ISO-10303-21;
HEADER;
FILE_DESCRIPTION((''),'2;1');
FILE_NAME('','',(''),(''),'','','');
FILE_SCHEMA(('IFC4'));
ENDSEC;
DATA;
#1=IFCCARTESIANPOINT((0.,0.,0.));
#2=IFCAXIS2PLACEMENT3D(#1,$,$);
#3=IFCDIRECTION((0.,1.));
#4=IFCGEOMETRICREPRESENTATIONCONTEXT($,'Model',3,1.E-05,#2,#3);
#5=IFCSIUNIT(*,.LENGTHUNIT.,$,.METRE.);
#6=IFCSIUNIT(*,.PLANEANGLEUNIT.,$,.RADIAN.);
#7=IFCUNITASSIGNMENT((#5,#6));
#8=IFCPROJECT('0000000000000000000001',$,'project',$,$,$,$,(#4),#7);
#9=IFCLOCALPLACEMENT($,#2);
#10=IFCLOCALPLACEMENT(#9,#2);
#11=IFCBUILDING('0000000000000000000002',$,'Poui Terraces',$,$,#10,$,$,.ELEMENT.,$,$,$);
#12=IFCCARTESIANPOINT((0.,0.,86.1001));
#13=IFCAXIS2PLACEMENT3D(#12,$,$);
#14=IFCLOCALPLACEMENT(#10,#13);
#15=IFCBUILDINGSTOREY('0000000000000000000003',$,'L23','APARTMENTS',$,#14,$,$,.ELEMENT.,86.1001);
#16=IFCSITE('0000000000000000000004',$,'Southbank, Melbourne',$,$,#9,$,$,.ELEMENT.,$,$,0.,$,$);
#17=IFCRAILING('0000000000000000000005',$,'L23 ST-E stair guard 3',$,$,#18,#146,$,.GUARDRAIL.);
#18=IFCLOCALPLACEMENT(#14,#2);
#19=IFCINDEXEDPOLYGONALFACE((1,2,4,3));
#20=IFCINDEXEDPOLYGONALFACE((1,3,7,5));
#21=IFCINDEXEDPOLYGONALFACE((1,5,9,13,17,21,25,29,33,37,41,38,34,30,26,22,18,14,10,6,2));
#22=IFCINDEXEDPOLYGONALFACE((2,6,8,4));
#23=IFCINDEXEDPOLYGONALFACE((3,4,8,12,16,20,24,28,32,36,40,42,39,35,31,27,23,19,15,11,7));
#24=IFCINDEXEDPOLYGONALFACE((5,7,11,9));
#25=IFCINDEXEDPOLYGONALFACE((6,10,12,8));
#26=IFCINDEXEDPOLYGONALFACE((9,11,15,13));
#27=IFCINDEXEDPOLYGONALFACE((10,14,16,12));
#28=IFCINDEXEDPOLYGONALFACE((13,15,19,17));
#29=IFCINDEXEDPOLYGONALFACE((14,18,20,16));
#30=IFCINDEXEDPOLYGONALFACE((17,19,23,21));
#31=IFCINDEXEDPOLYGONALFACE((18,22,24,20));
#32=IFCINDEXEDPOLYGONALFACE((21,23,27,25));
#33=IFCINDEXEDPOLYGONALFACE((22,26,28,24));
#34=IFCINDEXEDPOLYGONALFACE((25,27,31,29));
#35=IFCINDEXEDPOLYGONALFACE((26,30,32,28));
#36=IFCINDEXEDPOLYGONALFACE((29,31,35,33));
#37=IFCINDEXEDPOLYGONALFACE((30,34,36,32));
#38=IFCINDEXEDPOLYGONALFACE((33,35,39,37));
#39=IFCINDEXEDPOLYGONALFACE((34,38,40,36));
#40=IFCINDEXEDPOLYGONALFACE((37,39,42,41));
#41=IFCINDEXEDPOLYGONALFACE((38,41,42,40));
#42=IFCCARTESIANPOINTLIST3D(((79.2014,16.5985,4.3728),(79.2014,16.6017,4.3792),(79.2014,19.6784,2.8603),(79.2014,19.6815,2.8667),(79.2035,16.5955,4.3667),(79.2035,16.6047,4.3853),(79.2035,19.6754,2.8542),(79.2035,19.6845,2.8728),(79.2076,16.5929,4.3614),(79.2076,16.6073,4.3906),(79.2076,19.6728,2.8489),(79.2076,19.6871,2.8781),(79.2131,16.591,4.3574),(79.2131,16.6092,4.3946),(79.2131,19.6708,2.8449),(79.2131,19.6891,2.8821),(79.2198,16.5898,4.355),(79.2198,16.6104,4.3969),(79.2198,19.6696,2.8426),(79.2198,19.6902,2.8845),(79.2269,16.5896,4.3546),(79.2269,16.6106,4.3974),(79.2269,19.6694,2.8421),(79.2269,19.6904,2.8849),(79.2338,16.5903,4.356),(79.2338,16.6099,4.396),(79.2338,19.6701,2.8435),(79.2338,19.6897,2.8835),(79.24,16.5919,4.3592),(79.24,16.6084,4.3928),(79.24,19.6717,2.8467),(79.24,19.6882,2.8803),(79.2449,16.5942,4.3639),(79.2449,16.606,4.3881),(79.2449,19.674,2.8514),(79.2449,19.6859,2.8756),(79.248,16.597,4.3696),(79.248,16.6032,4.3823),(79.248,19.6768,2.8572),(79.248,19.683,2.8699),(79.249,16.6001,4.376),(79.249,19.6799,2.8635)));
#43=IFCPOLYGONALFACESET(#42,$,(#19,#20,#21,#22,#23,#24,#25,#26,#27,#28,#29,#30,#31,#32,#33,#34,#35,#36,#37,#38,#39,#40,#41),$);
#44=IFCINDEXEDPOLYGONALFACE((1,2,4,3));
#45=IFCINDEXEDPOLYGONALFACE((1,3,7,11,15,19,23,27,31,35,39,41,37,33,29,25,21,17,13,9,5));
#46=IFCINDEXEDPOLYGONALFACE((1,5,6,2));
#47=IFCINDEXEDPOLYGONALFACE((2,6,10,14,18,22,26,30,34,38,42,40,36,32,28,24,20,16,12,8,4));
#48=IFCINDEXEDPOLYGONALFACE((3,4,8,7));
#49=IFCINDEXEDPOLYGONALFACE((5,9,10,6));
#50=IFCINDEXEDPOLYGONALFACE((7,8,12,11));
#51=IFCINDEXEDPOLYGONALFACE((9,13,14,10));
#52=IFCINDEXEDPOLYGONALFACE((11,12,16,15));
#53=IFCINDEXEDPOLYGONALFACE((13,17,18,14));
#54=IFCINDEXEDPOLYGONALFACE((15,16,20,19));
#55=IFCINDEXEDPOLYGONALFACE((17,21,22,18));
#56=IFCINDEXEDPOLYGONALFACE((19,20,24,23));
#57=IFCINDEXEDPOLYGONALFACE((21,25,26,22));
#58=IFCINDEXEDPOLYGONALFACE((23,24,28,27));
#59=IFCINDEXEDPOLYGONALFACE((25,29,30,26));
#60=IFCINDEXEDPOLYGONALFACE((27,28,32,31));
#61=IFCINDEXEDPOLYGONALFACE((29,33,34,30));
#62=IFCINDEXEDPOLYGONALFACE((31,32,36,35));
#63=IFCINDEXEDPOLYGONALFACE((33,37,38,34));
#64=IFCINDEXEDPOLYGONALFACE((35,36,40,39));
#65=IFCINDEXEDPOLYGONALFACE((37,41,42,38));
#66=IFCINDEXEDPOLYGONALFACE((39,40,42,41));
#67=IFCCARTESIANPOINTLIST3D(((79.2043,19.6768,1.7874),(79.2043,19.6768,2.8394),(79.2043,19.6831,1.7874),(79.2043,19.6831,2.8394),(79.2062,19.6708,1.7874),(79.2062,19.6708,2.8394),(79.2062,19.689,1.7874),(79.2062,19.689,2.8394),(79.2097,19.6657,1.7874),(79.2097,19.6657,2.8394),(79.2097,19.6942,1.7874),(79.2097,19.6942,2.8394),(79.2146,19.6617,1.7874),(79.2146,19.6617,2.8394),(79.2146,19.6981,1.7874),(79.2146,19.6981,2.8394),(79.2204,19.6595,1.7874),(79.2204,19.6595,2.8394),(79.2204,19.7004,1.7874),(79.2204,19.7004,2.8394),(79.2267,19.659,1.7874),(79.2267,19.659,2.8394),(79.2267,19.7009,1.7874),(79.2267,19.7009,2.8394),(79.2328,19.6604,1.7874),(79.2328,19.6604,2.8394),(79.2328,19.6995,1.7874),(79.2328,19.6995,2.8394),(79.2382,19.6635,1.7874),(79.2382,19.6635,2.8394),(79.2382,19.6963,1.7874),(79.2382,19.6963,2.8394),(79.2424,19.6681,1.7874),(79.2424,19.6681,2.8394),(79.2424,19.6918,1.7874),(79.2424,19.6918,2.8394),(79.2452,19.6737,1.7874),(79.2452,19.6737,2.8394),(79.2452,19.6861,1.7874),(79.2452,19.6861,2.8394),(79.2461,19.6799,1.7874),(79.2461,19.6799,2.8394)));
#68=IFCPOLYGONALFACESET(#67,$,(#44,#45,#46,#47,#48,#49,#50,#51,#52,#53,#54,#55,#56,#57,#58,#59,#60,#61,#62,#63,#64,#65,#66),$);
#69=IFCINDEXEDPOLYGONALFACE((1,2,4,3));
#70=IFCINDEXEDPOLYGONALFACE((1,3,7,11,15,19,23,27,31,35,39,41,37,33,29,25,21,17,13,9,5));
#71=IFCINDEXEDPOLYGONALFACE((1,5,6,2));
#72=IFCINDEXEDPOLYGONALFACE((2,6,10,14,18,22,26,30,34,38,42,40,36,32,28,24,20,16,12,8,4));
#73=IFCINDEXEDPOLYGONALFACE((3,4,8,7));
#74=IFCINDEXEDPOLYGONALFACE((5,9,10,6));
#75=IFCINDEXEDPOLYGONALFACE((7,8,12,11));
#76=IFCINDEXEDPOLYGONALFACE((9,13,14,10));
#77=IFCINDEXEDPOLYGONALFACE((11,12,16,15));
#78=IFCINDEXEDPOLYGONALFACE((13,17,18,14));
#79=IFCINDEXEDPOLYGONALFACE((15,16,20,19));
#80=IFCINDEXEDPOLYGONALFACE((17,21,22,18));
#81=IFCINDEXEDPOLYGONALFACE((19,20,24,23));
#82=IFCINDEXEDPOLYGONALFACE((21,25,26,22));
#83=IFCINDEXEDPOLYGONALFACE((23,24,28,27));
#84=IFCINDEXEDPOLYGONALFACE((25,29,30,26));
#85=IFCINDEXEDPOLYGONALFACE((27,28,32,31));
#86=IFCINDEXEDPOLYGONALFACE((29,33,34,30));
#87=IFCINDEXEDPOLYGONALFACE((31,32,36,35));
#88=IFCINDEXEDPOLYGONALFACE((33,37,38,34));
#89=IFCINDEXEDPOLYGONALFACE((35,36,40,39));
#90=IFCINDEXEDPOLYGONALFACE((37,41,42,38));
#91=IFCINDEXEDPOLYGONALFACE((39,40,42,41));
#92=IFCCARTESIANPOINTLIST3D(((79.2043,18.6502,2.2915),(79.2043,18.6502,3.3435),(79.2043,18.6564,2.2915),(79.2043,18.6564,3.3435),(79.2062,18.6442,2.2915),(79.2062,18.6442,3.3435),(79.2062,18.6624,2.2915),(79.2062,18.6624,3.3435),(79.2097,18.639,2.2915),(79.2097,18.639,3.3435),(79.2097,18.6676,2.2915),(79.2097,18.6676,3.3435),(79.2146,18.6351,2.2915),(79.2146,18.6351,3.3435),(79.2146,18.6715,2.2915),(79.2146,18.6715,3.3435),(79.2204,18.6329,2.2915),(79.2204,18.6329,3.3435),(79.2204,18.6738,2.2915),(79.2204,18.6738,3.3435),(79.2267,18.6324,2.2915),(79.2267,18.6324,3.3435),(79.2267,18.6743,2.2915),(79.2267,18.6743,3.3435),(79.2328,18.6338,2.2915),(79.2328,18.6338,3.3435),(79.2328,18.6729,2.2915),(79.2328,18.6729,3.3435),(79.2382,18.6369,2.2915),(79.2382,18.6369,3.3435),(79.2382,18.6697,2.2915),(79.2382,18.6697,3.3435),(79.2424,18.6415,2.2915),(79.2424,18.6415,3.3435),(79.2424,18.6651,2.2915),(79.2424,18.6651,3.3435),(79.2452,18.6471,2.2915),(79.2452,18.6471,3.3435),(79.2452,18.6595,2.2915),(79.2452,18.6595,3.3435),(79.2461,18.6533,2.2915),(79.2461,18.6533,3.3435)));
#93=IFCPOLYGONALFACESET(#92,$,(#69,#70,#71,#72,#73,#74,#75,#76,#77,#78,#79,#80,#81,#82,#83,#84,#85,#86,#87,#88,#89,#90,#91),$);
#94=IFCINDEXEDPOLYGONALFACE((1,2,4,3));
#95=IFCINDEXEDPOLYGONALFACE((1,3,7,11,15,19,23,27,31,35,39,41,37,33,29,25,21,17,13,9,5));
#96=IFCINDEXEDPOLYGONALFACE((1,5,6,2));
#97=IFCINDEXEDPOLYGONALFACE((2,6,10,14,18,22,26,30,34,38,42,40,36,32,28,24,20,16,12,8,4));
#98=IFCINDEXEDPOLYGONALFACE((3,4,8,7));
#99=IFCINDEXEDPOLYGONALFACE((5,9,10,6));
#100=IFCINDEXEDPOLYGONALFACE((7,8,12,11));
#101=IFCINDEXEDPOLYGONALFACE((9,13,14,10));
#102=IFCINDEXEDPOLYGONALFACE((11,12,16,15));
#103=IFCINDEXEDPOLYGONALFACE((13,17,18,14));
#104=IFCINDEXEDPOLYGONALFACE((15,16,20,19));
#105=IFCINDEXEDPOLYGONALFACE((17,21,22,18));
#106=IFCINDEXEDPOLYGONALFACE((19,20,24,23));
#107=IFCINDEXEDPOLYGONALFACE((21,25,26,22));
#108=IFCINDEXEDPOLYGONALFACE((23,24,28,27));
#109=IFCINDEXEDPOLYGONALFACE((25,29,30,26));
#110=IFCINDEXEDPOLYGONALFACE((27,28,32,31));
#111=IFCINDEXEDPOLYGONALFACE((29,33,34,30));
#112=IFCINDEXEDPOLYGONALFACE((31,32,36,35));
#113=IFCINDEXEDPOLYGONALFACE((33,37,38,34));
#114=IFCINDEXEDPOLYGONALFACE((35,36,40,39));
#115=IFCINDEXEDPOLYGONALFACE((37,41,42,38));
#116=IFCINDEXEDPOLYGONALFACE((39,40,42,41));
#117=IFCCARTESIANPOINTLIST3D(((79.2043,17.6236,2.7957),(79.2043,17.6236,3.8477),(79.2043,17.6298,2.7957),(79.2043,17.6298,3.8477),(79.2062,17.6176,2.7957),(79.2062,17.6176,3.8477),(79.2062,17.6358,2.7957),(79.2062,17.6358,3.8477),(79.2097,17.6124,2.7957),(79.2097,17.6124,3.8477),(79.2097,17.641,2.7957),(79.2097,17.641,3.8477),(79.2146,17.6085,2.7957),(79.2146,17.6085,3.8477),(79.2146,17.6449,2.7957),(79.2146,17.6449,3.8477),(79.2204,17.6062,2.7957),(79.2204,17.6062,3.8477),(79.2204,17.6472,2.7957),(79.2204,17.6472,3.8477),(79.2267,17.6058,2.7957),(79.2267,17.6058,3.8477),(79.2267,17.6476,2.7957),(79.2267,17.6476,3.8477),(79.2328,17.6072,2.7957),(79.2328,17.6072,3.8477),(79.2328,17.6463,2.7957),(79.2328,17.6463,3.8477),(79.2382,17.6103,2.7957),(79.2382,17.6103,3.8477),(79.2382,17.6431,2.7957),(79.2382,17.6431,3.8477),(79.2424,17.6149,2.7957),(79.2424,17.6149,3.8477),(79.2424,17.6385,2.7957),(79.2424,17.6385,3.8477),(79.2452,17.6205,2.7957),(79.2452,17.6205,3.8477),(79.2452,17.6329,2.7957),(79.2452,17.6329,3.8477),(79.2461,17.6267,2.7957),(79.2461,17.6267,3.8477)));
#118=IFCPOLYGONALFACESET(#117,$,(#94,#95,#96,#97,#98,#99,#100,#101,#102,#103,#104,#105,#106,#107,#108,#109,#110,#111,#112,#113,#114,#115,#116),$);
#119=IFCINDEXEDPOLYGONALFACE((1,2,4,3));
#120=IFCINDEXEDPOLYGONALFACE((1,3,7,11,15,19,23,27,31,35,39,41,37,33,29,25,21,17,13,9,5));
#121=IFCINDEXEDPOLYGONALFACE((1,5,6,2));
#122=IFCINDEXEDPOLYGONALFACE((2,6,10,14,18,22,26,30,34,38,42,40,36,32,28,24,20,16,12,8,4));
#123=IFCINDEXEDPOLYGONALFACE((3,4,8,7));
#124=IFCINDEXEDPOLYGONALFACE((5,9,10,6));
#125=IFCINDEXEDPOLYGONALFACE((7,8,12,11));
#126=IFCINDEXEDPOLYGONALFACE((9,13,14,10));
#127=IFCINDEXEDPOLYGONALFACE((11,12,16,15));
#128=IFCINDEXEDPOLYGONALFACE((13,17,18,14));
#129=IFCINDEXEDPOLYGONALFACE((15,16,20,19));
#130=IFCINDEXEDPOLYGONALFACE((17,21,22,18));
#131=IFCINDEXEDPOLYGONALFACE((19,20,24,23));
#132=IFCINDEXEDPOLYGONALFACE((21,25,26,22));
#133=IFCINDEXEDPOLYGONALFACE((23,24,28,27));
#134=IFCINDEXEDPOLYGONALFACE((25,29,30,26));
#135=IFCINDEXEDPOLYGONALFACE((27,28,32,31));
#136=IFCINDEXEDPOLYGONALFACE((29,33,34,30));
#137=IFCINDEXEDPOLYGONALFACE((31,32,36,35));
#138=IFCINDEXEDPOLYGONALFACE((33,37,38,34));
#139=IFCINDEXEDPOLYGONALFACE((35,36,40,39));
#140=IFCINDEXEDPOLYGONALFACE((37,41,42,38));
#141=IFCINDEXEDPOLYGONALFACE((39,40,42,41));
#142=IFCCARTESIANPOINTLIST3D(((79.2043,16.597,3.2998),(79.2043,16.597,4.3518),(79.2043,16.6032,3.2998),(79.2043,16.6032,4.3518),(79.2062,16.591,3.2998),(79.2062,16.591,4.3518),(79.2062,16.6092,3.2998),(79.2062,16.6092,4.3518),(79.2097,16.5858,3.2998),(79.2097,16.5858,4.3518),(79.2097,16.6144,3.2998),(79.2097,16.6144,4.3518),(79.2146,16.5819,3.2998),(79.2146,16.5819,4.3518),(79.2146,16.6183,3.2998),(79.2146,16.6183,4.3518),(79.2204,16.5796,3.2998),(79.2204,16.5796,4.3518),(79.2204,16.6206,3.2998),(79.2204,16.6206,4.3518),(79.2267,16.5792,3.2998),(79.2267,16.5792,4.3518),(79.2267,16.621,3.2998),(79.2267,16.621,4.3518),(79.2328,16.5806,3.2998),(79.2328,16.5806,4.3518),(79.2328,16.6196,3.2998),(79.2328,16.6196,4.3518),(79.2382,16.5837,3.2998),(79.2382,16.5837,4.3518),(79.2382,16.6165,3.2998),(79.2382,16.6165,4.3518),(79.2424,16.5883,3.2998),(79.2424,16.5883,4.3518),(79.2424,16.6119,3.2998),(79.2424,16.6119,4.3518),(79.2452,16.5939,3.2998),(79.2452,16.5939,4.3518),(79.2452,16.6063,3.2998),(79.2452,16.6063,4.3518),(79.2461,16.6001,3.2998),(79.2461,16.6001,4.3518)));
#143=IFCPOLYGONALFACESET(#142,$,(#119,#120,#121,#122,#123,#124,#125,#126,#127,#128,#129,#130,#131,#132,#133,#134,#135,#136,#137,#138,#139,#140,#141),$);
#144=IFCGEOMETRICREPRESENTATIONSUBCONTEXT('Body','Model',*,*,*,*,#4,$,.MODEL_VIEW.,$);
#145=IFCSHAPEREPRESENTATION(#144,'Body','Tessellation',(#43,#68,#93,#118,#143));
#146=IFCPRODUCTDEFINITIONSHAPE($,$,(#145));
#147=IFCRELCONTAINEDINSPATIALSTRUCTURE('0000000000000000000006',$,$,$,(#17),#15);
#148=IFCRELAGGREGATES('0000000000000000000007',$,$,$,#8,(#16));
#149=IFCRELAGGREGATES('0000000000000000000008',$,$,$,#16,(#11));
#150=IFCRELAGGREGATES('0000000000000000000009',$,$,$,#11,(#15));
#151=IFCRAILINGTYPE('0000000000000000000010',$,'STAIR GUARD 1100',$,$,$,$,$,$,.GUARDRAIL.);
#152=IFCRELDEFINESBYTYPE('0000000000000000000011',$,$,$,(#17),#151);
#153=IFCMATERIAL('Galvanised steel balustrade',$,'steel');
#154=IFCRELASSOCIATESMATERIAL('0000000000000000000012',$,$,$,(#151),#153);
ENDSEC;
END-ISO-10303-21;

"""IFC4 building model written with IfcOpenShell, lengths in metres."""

from ifc_helpers import new_model, si_unit, direction, frame, origin, origin_2d, place, context, subcontext, project, spatial, circle, extrude, material, type_object, element, save


model = new_model("IFC4")

# Units and contexts
model_context = context("Model", 3, precision=1e-05, world=origin(), true_north=direction((0.0, 1.0)))
body_context = subcontext(model_context, "Body", "Model", "MODEL_VIEW")
ifc_project = project(units=[si_unit("LENGTHUNIT", "METRE"), si_unit("PLANEANGLEUNIT", "RADIAN")], contexts=[model_context])

# Site, building, storey
site_placement = place(None, origin())
site = spatial("IfcSite", under=ifc_project, at=site_placement, Name="Southbank, Melbourne", CompositionType="ELEMENT", RefElevation=0.0)
building_placement = place(site_placement, origin())
building = spatial("IfcBuilding", under=site, at=building_placement, Name="Poui Terraces", CompositionType="ELEMENT")
storey_placement = place(building_placement, frame((0.0, 0.0, 86.1001)))
storey = spatial("IfcBuildingStorey", under=building, at=storey_placement, Name="L23", Description="APARTMENTS", CompositionType="ELEMENT", Elevation=86.1001)

# Railing
ifc_material_1 = material(Name="Galvanised steel balustrade", Category="steel")
railing_type_1 = type_object("IfcRailingType", Name="STAIR GUARD 1100", PredefinedType="GUARDRAIL", material=ifc_material_1)
railing_1_placement = place(storey_placement, frame((79.2251, 19.6799, 1.7874)))
element("IfcRailing", 1, at=railing_1_placement, inside=storey, type_object=railing_type_1, Name="L23 ST-E stair guard 3", PredefinedType="GUARDRAIL", context=body_context, shape_type="SweptSolid", body=[
    extrude(circle(Radius=0.0239, at=origin_2d()), frame((0.0, 0.0, 1.0762), z_axis=(0.0, -0.897606, 0.440798), x_axis=(1.0, 0.0, 0.0)), (0.0, 0.0, 1.0), 3.4312),
    extrude(circle(Radius=0.021, at=origin_2d()), origin(), (0.0, 0.0, 1.0), 1.052),
    extrude(circle(Radius=0.021, at=origin_2d()), frame((0.0, -1.0266, 0.5042)), (0.0, 0.0, 1.0), 1.052),
    extrude(circle(Radius=0.021, at=origin_2d()), frame((0.0, -2.0532, 1.0083)), (0.0, 0.0, 1.0), 1.052),
    extrude(circle(Radius=0.021, at=origin_2d()), frame((0.0, -3.0798, 1.5125)), (0.0, 0.0, 1.0), 1.052),
])

save(model, "model.ifc")
